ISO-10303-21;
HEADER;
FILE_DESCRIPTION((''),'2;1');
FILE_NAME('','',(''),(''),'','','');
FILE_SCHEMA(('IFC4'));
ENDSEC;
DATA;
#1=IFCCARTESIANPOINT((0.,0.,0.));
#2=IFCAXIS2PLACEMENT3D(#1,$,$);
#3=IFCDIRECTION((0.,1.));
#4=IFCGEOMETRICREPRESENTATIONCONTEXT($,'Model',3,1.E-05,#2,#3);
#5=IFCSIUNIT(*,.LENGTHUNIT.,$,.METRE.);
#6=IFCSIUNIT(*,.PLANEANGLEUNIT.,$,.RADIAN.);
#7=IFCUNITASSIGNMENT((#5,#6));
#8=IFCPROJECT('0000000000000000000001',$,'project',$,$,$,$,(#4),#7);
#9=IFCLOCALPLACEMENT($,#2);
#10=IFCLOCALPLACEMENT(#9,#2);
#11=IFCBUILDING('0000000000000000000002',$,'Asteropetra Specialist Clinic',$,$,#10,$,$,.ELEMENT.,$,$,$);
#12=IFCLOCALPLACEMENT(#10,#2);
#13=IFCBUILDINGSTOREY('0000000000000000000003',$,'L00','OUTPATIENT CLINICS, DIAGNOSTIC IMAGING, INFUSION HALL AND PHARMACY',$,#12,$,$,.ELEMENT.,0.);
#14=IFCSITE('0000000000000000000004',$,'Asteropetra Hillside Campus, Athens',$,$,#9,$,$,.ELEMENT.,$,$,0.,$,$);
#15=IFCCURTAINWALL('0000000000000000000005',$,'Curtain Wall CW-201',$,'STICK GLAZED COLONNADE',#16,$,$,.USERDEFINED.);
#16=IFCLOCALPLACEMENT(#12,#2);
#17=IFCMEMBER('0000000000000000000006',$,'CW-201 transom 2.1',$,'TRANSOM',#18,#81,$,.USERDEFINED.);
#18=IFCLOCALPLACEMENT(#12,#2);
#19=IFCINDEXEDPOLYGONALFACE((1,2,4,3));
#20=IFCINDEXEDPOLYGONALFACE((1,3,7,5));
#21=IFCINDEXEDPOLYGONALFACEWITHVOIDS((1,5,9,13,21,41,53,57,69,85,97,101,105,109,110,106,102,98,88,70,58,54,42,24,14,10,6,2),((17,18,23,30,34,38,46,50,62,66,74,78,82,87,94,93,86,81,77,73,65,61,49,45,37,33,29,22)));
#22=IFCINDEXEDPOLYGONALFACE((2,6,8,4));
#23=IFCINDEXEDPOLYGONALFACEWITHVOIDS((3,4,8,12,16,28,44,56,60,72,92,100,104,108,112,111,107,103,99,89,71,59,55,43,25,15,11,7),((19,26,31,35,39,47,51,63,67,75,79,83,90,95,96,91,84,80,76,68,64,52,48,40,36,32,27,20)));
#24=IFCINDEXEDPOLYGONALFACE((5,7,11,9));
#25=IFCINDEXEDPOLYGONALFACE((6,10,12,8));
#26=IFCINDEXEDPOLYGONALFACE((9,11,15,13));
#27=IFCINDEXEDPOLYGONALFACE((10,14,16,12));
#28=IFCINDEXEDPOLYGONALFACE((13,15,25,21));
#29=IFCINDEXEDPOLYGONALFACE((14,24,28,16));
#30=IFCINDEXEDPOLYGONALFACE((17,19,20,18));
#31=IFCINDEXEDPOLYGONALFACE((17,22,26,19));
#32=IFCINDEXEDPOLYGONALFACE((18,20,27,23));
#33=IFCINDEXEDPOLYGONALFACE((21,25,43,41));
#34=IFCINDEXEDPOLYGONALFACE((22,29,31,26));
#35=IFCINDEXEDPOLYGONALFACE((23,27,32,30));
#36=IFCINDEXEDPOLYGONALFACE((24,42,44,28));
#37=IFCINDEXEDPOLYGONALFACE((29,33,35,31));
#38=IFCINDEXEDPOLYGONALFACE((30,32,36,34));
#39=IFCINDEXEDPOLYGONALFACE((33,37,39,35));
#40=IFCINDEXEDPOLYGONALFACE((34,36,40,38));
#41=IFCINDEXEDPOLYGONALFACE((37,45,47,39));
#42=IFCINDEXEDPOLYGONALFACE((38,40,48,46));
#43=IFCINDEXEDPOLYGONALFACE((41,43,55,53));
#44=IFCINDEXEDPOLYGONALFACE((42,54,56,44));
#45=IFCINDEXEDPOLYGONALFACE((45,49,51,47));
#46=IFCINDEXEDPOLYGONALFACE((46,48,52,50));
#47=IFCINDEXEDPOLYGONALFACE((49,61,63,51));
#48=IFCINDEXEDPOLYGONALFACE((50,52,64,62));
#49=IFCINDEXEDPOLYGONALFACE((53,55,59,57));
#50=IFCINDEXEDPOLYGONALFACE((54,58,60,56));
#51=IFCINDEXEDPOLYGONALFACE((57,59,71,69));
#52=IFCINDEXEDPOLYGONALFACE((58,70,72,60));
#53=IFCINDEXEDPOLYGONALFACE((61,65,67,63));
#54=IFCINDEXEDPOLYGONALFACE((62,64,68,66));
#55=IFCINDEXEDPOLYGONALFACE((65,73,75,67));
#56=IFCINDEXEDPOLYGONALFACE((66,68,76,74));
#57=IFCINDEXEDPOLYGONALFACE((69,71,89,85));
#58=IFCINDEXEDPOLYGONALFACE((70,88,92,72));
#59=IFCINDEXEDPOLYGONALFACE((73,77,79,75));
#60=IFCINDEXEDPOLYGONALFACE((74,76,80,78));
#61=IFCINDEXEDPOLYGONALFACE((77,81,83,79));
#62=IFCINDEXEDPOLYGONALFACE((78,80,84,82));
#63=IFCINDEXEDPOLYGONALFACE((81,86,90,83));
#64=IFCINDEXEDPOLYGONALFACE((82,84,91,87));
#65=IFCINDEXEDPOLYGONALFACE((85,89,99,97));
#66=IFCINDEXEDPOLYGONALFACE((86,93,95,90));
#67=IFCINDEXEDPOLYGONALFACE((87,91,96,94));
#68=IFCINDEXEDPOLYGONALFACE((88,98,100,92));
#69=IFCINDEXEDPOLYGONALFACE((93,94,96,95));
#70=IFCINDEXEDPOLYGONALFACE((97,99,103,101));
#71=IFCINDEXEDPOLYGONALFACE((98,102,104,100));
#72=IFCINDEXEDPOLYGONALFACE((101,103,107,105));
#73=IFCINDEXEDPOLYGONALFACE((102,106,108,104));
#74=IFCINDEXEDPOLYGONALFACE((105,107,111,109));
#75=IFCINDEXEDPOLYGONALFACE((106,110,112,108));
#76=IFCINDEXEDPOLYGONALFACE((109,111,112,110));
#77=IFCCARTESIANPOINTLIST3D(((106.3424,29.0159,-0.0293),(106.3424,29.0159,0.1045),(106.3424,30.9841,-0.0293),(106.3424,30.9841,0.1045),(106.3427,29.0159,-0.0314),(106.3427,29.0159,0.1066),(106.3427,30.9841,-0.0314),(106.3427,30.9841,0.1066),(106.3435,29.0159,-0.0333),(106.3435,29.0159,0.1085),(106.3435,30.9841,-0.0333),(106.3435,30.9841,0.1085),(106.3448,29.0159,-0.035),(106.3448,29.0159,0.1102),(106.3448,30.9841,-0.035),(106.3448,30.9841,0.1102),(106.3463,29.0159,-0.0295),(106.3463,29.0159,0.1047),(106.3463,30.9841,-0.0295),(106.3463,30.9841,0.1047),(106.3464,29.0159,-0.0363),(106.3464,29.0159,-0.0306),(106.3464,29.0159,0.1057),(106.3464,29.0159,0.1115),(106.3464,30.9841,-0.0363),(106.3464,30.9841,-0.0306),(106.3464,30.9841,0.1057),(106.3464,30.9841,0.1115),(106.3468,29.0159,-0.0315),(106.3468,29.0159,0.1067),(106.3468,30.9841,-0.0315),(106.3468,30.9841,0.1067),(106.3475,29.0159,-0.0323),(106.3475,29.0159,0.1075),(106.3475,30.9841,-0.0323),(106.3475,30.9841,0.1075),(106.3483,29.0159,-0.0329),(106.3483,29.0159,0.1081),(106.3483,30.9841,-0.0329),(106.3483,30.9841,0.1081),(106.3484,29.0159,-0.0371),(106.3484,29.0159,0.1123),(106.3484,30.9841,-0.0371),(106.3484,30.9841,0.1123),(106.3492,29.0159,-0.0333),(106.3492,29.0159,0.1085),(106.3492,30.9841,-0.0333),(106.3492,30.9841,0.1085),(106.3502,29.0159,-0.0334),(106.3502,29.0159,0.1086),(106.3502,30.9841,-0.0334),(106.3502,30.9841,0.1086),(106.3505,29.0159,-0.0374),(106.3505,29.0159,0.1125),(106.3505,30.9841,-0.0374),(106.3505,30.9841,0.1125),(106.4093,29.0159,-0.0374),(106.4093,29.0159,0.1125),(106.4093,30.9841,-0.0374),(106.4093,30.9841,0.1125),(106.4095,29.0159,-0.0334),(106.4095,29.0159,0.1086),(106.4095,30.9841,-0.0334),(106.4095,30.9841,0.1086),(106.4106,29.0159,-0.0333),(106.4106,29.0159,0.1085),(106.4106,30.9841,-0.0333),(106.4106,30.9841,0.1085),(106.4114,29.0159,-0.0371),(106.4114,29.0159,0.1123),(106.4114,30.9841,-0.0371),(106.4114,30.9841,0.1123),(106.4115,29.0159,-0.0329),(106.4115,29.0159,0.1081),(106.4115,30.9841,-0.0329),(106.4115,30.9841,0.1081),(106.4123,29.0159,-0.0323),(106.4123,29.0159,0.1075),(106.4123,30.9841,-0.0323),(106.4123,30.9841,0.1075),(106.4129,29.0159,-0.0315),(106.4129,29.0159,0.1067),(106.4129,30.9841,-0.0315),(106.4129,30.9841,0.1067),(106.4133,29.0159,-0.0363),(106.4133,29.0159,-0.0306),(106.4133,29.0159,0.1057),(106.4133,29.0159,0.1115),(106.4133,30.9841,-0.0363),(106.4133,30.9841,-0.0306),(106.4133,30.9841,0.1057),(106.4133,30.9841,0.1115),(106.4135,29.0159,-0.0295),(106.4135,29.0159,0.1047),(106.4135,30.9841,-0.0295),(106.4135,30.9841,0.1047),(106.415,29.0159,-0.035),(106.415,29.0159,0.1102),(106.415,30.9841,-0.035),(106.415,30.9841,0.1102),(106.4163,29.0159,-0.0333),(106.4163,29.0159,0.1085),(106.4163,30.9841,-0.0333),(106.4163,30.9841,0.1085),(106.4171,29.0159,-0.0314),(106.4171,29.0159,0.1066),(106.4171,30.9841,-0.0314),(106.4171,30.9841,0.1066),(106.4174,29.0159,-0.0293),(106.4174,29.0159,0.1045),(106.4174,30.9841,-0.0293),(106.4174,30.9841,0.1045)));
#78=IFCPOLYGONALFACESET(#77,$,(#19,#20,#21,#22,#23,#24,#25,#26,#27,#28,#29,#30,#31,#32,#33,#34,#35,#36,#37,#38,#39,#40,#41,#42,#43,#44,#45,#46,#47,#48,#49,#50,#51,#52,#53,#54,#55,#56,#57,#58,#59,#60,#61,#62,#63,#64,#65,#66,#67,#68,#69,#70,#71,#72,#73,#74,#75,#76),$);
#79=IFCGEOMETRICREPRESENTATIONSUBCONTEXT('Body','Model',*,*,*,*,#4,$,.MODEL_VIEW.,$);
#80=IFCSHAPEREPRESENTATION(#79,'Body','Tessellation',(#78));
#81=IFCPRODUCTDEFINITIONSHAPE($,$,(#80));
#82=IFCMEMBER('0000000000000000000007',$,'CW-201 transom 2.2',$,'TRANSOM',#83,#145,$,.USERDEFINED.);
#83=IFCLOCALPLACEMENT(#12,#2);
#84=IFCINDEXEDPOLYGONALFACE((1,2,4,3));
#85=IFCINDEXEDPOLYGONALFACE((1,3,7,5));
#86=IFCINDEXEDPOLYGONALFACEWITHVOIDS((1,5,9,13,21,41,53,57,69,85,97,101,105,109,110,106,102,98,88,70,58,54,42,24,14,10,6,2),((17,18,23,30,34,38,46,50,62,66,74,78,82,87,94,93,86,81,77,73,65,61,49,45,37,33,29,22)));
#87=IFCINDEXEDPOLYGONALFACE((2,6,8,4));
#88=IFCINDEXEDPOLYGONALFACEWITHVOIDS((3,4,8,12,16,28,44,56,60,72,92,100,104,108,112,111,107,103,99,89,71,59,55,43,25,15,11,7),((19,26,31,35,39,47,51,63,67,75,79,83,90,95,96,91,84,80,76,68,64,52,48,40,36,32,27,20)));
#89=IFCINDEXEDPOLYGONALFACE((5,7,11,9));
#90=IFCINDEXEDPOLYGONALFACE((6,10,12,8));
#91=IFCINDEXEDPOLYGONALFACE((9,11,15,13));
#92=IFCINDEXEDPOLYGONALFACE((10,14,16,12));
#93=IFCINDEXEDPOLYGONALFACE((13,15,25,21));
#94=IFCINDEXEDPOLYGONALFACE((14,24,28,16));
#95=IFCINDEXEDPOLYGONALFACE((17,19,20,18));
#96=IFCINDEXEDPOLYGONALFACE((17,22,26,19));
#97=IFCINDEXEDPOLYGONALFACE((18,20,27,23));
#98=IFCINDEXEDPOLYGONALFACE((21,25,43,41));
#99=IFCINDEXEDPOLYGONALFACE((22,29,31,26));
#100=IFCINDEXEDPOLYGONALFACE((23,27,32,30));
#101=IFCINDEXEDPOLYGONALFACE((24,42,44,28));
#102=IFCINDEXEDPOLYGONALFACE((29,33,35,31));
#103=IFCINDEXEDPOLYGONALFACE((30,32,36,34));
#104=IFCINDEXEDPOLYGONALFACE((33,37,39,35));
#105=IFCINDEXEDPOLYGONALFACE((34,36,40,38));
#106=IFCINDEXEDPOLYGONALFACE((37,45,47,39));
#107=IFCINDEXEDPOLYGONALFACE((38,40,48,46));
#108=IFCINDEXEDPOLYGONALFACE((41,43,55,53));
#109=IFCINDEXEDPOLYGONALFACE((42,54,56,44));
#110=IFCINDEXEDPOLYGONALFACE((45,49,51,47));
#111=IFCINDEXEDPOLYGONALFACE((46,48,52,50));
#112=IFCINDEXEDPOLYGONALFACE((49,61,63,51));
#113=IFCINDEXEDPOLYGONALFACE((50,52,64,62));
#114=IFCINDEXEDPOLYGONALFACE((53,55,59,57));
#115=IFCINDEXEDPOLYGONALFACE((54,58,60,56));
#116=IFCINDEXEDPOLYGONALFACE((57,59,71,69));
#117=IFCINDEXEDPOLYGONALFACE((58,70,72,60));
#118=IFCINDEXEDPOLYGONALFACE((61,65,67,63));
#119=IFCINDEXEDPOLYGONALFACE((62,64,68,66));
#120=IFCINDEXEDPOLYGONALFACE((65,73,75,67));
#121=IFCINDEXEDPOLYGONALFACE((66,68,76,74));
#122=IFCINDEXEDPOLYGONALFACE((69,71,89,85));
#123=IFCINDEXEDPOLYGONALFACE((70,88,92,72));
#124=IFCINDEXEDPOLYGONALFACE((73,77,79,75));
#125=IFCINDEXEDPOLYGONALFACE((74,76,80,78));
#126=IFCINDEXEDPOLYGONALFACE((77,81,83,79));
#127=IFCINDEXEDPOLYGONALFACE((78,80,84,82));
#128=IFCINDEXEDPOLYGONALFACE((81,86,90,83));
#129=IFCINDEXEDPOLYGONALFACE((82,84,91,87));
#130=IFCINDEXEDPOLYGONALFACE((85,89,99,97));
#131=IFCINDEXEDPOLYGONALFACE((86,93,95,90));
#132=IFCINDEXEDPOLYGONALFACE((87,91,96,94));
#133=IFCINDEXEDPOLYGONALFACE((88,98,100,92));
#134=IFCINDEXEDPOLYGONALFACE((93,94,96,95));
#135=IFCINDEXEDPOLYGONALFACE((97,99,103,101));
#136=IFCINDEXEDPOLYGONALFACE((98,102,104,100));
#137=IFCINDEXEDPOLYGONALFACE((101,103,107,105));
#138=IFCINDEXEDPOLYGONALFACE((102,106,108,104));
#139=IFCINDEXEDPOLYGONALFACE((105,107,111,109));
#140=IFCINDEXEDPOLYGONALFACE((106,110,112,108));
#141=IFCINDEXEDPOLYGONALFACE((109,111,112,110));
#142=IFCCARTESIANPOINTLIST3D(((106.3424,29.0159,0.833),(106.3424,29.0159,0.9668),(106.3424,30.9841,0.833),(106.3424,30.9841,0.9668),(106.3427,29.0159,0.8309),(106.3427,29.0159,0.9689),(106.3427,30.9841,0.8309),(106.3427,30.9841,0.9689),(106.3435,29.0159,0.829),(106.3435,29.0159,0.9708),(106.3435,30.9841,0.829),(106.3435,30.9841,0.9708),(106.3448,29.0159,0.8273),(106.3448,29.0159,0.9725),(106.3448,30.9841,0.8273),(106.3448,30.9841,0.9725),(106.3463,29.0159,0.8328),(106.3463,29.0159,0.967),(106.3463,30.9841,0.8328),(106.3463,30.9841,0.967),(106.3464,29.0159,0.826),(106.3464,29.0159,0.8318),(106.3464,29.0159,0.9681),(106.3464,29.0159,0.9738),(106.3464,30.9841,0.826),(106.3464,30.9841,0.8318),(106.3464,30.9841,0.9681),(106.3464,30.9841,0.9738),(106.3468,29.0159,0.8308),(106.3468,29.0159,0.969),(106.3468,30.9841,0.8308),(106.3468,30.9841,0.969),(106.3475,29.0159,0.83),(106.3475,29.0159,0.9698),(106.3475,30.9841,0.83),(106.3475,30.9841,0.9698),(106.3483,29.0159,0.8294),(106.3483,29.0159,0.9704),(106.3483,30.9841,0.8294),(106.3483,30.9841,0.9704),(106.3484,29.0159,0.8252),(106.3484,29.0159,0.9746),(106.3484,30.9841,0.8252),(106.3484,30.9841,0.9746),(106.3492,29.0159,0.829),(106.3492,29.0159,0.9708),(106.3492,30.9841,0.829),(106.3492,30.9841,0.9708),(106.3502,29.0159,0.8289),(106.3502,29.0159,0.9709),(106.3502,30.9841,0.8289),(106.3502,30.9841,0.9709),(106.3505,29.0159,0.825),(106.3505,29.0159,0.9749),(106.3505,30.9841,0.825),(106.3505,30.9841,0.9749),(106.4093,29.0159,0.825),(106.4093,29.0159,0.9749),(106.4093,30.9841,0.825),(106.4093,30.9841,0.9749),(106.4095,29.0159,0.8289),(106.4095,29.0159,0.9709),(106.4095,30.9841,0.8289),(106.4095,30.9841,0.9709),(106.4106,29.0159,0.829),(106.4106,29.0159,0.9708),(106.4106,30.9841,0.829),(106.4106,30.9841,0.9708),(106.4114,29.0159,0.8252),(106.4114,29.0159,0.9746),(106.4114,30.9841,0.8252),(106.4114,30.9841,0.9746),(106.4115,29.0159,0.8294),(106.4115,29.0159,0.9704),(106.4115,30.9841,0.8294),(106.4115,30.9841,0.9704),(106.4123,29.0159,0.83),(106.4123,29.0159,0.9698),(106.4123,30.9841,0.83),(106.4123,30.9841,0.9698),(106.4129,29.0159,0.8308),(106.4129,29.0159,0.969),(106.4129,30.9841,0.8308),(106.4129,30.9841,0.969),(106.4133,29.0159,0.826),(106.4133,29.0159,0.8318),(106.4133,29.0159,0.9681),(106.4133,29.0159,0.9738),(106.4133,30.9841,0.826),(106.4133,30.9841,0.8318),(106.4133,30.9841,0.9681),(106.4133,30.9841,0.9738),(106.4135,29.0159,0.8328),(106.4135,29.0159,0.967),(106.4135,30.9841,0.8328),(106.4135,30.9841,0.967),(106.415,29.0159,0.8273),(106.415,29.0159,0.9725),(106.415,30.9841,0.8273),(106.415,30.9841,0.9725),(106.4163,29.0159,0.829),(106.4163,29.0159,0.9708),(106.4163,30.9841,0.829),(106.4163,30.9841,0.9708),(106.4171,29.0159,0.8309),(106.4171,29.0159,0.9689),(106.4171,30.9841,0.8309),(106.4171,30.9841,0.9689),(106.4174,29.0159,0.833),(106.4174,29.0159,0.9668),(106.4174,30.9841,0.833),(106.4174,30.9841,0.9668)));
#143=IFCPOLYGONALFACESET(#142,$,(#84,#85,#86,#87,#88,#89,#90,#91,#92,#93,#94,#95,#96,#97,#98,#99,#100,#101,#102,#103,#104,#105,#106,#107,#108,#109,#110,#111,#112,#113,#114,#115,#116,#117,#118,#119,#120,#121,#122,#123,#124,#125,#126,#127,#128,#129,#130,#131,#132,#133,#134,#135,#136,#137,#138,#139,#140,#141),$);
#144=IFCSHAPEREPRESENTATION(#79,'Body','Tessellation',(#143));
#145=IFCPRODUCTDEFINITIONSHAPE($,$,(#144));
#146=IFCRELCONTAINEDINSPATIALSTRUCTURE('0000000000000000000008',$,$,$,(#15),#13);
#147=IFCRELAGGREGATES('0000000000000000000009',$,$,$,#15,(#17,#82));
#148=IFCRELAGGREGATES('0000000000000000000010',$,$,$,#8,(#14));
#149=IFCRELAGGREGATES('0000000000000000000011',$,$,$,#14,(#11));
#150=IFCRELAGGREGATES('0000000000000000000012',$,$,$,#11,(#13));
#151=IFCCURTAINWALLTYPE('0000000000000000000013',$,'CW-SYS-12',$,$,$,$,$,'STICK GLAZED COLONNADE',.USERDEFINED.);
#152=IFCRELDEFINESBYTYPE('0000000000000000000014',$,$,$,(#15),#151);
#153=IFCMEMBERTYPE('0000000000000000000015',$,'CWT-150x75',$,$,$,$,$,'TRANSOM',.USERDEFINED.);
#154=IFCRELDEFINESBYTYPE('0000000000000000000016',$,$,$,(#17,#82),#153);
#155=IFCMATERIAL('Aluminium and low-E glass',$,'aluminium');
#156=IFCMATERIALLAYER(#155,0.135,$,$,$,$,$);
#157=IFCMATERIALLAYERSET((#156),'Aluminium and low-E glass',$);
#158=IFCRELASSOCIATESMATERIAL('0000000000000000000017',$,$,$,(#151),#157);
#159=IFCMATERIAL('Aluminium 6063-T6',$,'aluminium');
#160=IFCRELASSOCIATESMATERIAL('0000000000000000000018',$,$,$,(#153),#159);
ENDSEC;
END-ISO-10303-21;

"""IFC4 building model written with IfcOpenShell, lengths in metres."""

from ifc_helpers import new_model, si_unit, direction, frame, origin, origin_2d, place, context, subcontext, project, spatial, hollow_rectangle, extrude, material, layer, layer_set, material_profile, profile_set, type_object, element, aggregate, save


model = new_model("IFC4")

# Units and contexts
model_context = context("Model", 3, precision=1e-05, world=origin(), true_north=direction((0.0, 1.0)))
body_context = subcontext(model_context, "Body", "Model", "MODEL_VIEW")
ifc_project = project(units=[si_unit("LENGTHUNIT", "METRE"), si_unit("PLANEANGLEUNIT", "RADIAN")], contexts=[model_context])

# Site, building, storey
site_placement = place(None, origin())
site = spatial("IfcSite", under=ifc_project, at=site_placement, Name="Asteropetra Hillside Campus, Athens", CompositionType="ELEMENT", RefElevation=0.0)
building_placement = place(site_placement, origin())
building = spatial("IfcBuilding", under=site, at=building_placement, Name="Asteropetra Specialist Clinic", CompositionType="ELEMENT")
storey_placement = place(building_placement, origin())
storey = spatial("IfcBuildingStorey", under=building, at=storey_placement, Name="L00", Description="OUTPATIENT CLINICS, DIAGNOSTIC IMAGING, INFUSION HALL AND PHARMACY", CompositionType="ELEMENT", Elevation=0.0)

# Curtain wall
ifc_material_1 = material(Name="Aluminium and low-E glass", Category="aluminium")
ifc_layer_1 = layer(ifc_material_1, 0.135)
ifc_layer_set_1 = layer_set([ifc_layer_1], Name="Aluminium and low-E glass")
curtain_wall_type_1 = type_object("IfcCurtainWallType", Name="CW-SYS-12", ElementType="STICK GLAZED COLONNADE", PredefinedType="USERDEFINED", material=ifc_layer_set_1)
curtain_wall_1_placement = place(storey_placement, origin())
curtain_wall_1 = element("IfcCurtainWall", 1, at=curtain_wall_1_placement, inside=storey, type_object=curtain_wall_type_1, Name="Curtain Wall CW-201", ObjectType="STICK GLAZED COLONNADE", PredefinedType="USERDEFINED")

# Members
ifc_material_2 = material(Name="Aluminium 6063-T6", Category="aluminium")
ifc_material_profile_1 = material_profile(ifc_material_2, hollow_rectangle(XDim=0.075, YDim=0.1499, WallThickness=0.0039, InnerFilletRadius=0.0039, OuterFilletRadius=0.0081, at=origin_2d()), Name="TRN 150x75x4.0")
ifc_profile_set_1 = profile_set([ifc_material_profile_1], Name="Aluminium 6063-T6")
member_type_1 = type_object("IfcMemberType", Name="CWT-150x75", ElementType="TRANSOM", PredefinedType="USERDEFINED", material=ifc_profile_set_1)
member_1_placement = place(storey_placement, frame((106.3799, 30.9841, 0.0376), z_axis=(0.0, -1.0, 0.0), x_axis=(1.0, 0.0, 0.0)))
member_1 = element("IfcMember", 2, at=member_1_placement, type_object=member_type_1, Name="CW-201 transom 2.1", ObjectType="TRANSOM", PredefinedType="USERDEFINED", context=body_context, shape_type="SweptSolid", body=[
    extrude(hollow_rectangle(XDim=0.075, YDim=0.1499, WallThickness=0.0039, InnerFilletRadius=0.0039, OuterFilletRadius=0.0081, at=origin_2d()), origin(), (0.0, 0.0, 1.0), 1.9683),
])
member_2_placement = place(storey_placement, frame((106.3799, 30.9841, 0.8999), z_axis=(0.0, -1.0, 0.0), x_axis=(1.0, 0.0, 0.0)))
member_2 = element("IfcMember", 3, at=member_2_placement, type_object=member_type_1, Name="CW-201 transom 2.2", ObjectType="TRANSOM", PredefinedType="USERDEFINED", context=body_context, shape_type="SweptSolid", body=[
    extrude(hollow_rectangle(XDim=0.075, YDim=0.1499, WallThickness=0.0039, InnerFilletRadius=0.0039, OuterFilletRadius=0.0081, at=origin_2d()), origin(), (0.0, 0.0, 1.0), 1.9683),
])

aggregate(curtain_wall_1, [member_1, member_2])

save(model, "model.ifc")
